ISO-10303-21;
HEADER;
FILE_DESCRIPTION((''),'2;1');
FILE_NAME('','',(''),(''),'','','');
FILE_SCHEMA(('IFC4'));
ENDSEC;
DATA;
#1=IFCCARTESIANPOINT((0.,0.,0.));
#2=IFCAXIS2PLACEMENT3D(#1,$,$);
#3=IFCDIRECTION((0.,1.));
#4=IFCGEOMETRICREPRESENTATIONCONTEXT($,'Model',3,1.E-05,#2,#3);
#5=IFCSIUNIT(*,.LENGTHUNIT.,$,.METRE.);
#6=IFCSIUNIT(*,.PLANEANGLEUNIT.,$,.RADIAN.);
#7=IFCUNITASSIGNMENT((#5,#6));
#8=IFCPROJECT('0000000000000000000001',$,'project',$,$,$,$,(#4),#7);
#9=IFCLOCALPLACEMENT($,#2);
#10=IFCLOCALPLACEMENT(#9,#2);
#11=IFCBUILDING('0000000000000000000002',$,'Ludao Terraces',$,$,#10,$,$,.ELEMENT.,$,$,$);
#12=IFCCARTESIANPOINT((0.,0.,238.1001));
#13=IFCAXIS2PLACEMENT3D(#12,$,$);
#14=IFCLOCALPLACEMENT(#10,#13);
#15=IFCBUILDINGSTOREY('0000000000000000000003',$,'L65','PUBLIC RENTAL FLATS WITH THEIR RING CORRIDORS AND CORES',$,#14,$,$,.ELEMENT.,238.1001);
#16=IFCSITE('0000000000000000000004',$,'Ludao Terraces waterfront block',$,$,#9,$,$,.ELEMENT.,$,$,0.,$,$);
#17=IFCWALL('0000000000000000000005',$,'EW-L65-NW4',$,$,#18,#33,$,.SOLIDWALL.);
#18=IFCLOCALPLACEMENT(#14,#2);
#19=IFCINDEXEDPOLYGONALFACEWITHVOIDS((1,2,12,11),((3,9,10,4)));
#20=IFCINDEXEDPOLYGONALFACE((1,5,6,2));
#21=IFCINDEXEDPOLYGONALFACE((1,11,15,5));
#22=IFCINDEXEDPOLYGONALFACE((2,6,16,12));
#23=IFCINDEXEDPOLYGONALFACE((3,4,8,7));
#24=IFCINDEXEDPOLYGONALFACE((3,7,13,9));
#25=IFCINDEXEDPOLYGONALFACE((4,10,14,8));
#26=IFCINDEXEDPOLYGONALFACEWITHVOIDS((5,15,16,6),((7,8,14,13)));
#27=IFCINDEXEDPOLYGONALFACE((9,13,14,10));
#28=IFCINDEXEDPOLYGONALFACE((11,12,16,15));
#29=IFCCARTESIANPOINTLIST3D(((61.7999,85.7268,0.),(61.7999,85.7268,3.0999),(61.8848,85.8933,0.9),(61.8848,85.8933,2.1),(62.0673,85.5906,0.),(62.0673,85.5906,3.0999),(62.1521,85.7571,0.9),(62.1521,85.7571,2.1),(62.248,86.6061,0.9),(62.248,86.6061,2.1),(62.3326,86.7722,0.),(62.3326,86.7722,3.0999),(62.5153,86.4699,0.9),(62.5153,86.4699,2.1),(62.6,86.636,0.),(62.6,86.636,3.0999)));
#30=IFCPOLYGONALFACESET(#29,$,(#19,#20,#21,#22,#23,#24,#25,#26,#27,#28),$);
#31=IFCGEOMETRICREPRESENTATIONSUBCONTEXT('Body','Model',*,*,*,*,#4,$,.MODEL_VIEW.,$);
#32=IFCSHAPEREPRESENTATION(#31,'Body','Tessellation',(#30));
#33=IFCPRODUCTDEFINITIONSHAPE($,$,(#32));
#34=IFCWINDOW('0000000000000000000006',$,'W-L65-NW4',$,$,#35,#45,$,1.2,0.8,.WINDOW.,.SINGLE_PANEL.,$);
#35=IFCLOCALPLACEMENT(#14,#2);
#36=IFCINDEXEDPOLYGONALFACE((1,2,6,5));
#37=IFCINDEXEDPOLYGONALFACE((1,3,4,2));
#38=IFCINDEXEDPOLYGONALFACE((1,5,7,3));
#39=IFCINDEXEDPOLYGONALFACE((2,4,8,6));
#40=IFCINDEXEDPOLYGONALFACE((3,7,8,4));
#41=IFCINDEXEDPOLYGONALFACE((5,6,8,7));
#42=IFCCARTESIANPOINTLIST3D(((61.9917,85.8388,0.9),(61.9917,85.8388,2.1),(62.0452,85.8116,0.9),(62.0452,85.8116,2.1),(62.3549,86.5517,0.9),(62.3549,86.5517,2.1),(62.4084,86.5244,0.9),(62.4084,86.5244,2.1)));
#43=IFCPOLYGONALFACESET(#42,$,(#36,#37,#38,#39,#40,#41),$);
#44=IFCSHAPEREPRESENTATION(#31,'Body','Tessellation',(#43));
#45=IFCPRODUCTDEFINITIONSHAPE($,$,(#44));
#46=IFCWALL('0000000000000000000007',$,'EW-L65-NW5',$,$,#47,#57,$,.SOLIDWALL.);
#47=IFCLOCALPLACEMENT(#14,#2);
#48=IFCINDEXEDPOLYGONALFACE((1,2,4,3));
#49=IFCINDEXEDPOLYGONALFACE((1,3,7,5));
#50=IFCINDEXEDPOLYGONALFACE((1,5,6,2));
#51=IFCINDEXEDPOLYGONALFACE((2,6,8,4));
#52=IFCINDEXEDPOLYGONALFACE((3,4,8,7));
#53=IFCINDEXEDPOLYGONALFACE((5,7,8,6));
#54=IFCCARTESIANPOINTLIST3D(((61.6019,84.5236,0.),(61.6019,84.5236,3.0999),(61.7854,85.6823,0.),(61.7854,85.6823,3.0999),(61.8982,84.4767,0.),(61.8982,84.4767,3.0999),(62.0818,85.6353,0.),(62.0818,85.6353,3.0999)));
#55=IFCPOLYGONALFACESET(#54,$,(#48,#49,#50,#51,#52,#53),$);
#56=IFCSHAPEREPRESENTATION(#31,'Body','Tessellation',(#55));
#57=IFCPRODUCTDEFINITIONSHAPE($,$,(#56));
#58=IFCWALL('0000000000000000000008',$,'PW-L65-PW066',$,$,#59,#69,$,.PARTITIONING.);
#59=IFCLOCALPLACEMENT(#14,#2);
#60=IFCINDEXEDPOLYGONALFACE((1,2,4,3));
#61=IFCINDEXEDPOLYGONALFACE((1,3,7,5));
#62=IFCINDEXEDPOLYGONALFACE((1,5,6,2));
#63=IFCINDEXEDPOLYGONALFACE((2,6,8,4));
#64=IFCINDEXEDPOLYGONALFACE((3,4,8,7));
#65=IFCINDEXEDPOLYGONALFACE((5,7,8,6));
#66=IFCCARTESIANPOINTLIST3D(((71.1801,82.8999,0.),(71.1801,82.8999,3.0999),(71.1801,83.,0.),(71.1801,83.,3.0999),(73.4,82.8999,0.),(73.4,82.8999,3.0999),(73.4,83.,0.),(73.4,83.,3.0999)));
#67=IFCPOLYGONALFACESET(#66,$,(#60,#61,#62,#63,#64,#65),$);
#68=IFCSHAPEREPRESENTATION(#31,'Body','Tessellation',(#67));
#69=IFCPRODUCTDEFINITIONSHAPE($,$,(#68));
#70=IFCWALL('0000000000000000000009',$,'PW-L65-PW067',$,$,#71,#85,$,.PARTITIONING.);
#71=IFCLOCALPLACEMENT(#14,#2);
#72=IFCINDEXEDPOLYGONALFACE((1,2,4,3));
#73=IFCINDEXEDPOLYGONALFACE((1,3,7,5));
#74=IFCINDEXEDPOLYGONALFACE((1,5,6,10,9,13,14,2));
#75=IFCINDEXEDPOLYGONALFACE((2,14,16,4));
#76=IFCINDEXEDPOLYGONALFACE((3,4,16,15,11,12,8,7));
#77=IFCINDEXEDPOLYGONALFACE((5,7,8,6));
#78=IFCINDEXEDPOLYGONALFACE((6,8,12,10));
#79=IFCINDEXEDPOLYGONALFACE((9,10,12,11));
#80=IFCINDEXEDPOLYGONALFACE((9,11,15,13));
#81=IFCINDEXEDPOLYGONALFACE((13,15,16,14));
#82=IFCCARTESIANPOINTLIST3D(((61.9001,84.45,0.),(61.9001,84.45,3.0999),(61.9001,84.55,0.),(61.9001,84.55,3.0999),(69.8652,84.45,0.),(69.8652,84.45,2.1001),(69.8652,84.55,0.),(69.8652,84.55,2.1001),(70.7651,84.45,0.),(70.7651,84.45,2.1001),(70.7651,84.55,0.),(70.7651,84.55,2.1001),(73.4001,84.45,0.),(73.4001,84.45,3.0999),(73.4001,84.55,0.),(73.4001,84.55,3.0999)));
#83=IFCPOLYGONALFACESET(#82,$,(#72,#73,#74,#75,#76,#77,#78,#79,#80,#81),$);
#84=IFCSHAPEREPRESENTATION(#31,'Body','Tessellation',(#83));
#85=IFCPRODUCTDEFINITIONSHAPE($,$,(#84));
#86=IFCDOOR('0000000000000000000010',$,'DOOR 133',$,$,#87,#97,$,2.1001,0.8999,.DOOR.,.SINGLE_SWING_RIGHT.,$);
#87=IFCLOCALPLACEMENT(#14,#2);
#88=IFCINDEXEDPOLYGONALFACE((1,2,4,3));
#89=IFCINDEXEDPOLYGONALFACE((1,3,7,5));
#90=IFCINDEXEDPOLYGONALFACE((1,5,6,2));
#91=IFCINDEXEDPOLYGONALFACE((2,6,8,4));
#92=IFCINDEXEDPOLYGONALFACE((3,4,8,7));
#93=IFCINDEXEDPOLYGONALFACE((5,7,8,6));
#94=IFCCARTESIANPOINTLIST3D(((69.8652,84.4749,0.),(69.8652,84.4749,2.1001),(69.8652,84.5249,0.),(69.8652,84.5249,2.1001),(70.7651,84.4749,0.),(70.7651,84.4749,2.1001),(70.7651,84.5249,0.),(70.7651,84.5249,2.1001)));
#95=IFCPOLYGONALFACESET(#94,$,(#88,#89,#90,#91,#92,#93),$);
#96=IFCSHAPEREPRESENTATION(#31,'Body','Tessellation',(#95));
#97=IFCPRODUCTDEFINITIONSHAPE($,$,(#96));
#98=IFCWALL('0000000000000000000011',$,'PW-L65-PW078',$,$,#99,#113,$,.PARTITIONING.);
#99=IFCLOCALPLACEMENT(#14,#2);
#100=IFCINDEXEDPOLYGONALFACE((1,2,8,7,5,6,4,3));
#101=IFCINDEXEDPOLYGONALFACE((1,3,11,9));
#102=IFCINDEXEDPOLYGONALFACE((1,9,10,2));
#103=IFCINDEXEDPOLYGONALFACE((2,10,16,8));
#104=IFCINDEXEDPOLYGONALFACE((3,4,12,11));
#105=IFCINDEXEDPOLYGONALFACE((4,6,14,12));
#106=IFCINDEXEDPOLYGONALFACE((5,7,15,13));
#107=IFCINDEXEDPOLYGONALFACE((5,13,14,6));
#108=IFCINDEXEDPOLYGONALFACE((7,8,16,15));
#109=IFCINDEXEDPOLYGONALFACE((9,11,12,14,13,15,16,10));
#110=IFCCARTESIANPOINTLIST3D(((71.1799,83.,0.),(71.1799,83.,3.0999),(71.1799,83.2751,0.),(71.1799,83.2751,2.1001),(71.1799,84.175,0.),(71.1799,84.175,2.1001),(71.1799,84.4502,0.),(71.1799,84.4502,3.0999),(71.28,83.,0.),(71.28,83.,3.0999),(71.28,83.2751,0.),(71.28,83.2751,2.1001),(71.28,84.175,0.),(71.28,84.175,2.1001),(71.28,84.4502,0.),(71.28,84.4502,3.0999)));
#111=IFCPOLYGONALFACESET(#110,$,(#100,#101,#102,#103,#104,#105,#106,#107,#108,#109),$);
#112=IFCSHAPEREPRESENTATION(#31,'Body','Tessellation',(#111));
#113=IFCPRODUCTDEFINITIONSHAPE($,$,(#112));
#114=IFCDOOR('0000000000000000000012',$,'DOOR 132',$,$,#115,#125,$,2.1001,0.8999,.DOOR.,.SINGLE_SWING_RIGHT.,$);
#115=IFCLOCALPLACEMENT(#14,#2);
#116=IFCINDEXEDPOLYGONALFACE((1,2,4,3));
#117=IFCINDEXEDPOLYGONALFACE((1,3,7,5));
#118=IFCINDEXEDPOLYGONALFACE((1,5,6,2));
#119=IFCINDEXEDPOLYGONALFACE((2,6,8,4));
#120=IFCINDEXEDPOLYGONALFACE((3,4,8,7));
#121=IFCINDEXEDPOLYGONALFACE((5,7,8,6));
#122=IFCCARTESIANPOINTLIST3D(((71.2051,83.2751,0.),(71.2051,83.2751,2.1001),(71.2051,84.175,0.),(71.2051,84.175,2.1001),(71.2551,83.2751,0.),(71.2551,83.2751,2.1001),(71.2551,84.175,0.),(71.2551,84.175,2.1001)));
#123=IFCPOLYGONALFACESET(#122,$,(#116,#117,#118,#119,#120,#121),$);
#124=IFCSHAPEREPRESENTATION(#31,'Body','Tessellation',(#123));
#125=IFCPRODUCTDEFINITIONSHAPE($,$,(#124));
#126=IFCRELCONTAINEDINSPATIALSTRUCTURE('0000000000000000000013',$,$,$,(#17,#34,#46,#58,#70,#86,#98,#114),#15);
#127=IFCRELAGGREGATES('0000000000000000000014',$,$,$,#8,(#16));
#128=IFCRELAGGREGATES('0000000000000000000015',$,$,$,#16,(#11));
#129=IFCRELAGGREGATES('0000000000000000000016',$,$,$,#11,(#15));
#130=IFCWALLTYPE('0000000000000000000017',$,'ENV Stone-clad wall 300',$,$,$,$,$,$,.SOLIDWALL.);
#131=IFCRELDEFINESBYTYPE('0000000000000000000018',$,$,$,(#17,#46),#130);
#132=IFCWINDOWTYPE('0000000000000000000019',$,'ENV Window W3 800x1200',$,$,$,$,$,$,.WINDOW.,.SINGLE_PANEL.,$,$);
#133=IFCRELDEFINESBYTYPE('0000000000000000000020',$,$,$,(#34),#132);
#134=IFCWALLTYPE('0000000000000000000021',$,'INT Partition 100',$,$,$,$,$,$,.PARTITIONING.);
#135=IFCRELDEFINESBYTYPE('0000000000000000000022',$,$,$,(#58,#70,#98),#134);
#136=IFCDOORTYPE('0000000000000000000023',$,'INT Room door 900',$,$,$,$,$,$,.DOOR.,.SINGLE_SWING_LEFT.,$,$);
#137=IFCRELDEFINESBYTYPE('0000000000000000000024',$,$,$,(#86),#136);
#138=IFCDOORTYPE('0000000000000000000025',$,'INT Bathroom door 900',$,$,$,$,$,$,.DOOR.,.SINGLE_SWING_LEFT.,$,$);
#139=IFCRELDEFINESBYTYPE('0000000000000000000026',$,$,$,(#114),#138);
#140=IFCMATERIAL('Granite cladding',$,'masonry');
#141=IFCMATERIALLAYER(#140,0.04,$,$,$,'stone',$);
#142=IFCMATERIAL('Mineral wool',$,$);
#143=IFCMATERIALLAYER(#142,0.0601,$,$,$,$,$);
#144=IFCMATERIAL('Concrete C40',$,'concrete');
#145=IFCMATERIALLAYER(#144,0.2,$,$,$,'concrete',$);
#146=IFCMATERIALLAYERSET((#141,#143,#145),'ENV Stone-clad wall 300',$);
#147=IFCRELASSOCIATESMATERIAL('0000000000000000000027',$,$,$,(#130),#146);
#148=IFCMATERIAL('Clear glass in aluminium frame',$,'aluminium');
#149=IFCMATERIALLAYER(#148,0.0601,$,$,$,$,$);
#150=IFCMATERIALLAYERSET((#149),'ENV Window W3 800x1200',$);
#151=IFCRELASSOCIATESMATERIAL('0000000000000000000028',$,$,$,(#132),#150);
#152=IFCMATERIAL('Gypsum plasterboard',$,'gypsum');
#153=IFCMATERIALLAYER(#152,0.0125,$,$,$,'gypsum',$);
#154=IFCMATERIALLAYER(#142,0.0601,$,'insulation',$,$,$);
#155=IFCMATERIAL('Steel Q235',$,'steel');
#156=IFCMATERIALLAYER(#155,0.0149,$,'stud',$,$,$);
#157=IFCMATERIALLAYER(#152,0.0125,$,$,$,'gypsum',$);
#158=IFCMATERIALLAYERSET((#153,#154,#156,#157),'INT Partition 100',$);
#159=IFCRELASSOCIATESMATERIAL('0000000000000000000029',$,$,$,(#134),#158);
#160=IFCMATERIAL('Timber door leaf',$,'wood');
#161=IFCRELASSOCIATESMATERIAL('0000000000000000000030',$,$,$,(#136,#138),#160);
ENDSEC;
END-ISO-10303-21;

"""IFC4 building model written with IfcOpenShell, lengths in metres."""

from ifc_helpers import new_model, si_unit, direction, frame, frame_2d, origin, place, context, subcontext, project, spatial, rectangle, extrude, material, layer, layer_set, type_object, element, fill, save


model = new_model("IFC4")

# Units and contexts
model_context = context("Model", 3, precision=1e-05, world=origin(), true_north=direction((0.0, 1.0)))
body_context = subcontext(model_context, "Body", "Model", "MODEL_VIEW")
ifc_project = project(units=[si_unit("LENGTHUNIT", "METRE"), si_unit("PLANEANGLEUNIT", "RADIAN")], contexts=[model_context])

# Site, building, storey
site_placement = place(None, origin())
site = spatial("IfcSite", under=ifc_project, at=site_placement, Name="Ludao Terraces waterfront block", CompositionType="ELEMENT", RefElevation=0.0)
building_placement = place(site_placement, origin())
building = spatial("IfcBuilding", under=site, at=building_placement, Name="Ludao Terraces", CompositionType="ELEMENT")
storey_placement = place(building_placement, frame((0.0, 0.0, 238.1001)))
storey = spatial("IfcBuildingStorey", under=building, at=storey_placement, Name="L65", Description="PUBLIC RENTAL FLATS WITH THEIR RING CORRIDORS AND CORES", CompositionType="ELEMENT", Elevation=238.1001)

# Shared definitions
ifc_material_1 = material(Name="Concrete C40", Category="concrete")

# Shared definitions
ifc_material_2 = material(Name="Granite cladding", Category="masonry")
ifc_layer_1 = layer(ifc_material_2, 0.04, Category="stone")
ifc_material_3 = material(Name="Mineral wool")
ifc_layer_2 = layer(ifc_material_3, 0.0601)
ifc_layer_3 = layer(ifc_material_1, 0.2, Category="concrete")
ifc_layer_set_1 = layer_set([ifc_layer_1, ifc_layer_2, ifc_layer_3], Name="ENV Stone-clad wall 300")
wall_type_1 = type_object("IfcWallType", Name="ENV Stone-clad wall 300", PredefinedType="SOLIDWALL", material=ifc_layer_set_1)
ifc_material_4 = material(Name="Clear glass in aluminium frame", Category="aluminium")

# Wall, opening, window
ifc_layer_4 = layer(ifc_material_4, 0.0601)
ifc_layer_set_2 = layer_set([ifc_layer_4], Name="ENV Window W3 800x1200")
window_type_1 = type_object("IfcWindowType", Name="ENV Window W3 800x1200", PartitioningType="SINGLE_PANEL", PredefinedType="WINDOW", material=ifc_layer_set_2)
wall_1_placement = place(storey_placement, frame((62.4663, 86.7041, 0.0), z_axis=(0.0, 0.0, 1.0), x_axis=(-0.454026, -0.890989, 0.0)))
wall_1 = element("IfcWall", 1, at=wall_1_placement, inside=storey, type_object=wall_type_1, Name="EW-L65-NW4", PredefinedType="SOLIDWALL", context=body_context, shape_type="SweptSolid", body=[
    extrude(rectangle(XDim=1.1733, YDim=0.3, at=frame_2d((0.5867, 0.0))), origin(), (0.0, 0.0, 1.0), 3.0999),
])
opening_1_placement = place(wall_1_placement, frame((0.1865, 0.0, 0.8999)))
opening_1 = element("IfcOpeningElement", 2, at=opening_1_placement, cuts=wall_1, PredefinedType="OPENING", context=body_context, shape_type="SweptSolid", body=[
    extrude(rectangle(XDim=0.8, YDim=1.2, at=frame_2d((0.3999, 0.6001))), frame((0.0, 0.1602, 0.0), z_axis=(0.0, -1.0, 0.0), x_axis=(1.0, 0.0, 0.0)), (0.0, 0.0, 1.0), 0.3201),
])
window_1_placement = place(opening_1_placement, origin())
window_1 = element("IfcWindow", 3, at=window_1_placement, inside=storey, type_object=window_type_1, Name="W-L65-NW4", OverallHeight=1.2, OverallWidth=0.8, PartitioningType="SINGLE_PANEL", PredefinedType="WINDOW", context=body_context, shape_type="SweptSolid", body=[
    extrude(rectangle(XDim=0.8, YDim=1.2, at=frame_2d((0.3999, 0.6001))), frame((0.0, 0.03, 0.0), z_axis=(0.0, -1.0, 0.0), x_axis=(1.0, 0.0, 0.0)), (0.0, 0.0, 1.0), 0.0601),
])
fill(opening_1, window_1)

# Walls
wall_2_placement = place(storey_placement, frame((61.9336, 85.6587, 0.0), z_axis=(0.0, 0.0, 1.0), x_axis=(-0.156497, -0.987678, 0.0)))
element("IfcWall", 4, at=wall_2_placement, inside=storey, type_object=wall_type_1, Name="EW-L65-NW5", PredefinedType="SOLIDWALL", context=body_context, shape_type="SweptSolid", body=[
    extrude(rectangle(XDim=1.1731, YDim=0.3, at=frame_2d((0.5864, 0.0))), origin(), (0.0, 0.0, 1.0), 3.0999),
])
ifc_material_5 = material(Name="Gypsum plasterboard", Category="gypsum")
ifc_layer_5 = layer(ifc_material_5, 0.0125, Category="gypsum")
ifc_layer_6 = layer(ifc_material_3, 0.0601, Name="insulation")
ifc_material_6 = material(Name="Steel Q235", Category="steel")
ifc_layer_7 = layer(ifc_material_6, 0.0149, Name="stud")
ifc_layer_8 = layer(ifc_material_5, 0.0125, Category="gypsum")
ifc_layer_set_3 = layer_set([ifc_layer_5, ifc_layer_6, ifc_layer_7, ifc_layer_8], Name="INT Partition 100")
wall_type_2 = type_object("IfcWallType", Name="INT Partition 100", PredefinedType="PARTITIONING", material=ifc_layer_set_3)
wall_3_placement = place(storey_placement, frame((71.1802, 82.95, 0.0), z_axis=(0.0, 0.0, 1.0), x_axis=(1.0, 0.0, 0.0)))
element("IfcWall", 5, at=wall_3_placement, inside=storey, type_object=wall_type_2, Name="PW-L65-PW066", PredefinedType="PARTITIONING", context=body_context, shape_type="SweptSolid", body=[
    extrude(rectangle(XDim=2.22, YDim=0.1001, at=frame_2d((1.1099, 0.0))), origin(), (0.0, 0.0, 1.0), 3.0999),
])

# Walls, openings, doors
wall_4_placement = place(storey_placement, frame((61.9001, 84.5, 0.0), z_axis=(0.0, 0.0, 1.0), x_axis=(1.0, 0.0, 0.0)))
wall_4 = element("IfcWall", 6, at=wall_4_placement, inside=storey, type_object=wall_type_2, Name="PW-L65-PW067", PredefinedType="PARTITIONING", context=body_context, shape_type="SweptSolid", body=[
    extrude(rectangle(XDim=11.5, YDim=0.1001, at=frame_2d((5.75, 0.0))), origin(), (0.0, 0.0, 1.0), 3.0999),
])
opening_2_placement = place(wall_4_placement, frame((7.9651, 0.0, 0.0)))
opening_2 = element("IfcOpeningElement", 7, at=opening_2_placement, cuts=wall_4, PredefinedType="OPENING", context=body_context, shape_type="SweptSolid", body=[
    extrude(rectangle(XDim=0.8999, YDim=2.1001, at=frame_2d((0.45, 1.05))), frame((0.0, 0.0601, 0.0), z_axis=(0.0, -1.0, 0.0), x_axis=(1.0, 0.0, 0.0)), (0.0, 0.0, 1.0), 0.1201),
])
ifc_material_7 = material(Name="Timber door leaf", Category="wood")
door_type_1 = type_object("IfcDoorType", Name="INT Room door 900", OperationType="SINGLE_SWING_LEFT", PredefinedType="DOOR", material=ifc_material_7)
door_1_placement = place(opening_2_placement, origin())
door_1 = element("IfcDoor", 8, at=door_1_placement, inside=storey, type_object=door_type_1, Name="DOOR 133", OperationType="SINGLE_SWING_RIGHT", OverallHeight=2.1001, OverallWidth=0.8999, PredefinedType="DOOR", context=body_context, shape_type="SweptSolid", body=[
    extrude(rectangle(XDim=0.8999, YDim=2.1001, at=frame_2d((0.45, 1.05))), frame((0.0, 0.0249, 0.0), z_axis=(0.0, -1.0, 0.0), x_axis=(1.0, 0.0, 0.0)), (0.0, 0.0, 1.0), 0.05),
])
fill(opening_2, door_1)
wall_5_placement = place(storey_placement, frame((71.23, 83.0, 0.0), z_axis=(0.0, 0.0, 1.0), x_axis=(0.0, 1.0, 0.0)))
wall_5 = element("IfcWall", 9, at=wall_5_placement, inside=storey, type_object=wall_type_2, Name="PW-L65-PW078", PredefinedType="PARTITIONING", context=body_context, shape_type="SweptSolid", body=[
    extrude(rectangle(XDim=1.4502, YDim=0.1001, at=frame_2d((0.7251, 0.0))), origin(), (0.0, 0.0, 1.0), 3.0999),
])
opening_3_placement = place(wall_5_placement, frame((0.2751, 0.0, 0.0)))
opening_3 = element("IfcOpeningElement", 10, at=opening_3_placement, cuts=wall_5, PredefinedType="OPENING", context=body_context, shape_type="SweptSolid", body=[
    extrude(rectangle(XDim=0.8999, YDim=2.1001, at=frame_2d((0.45, 1.05))), frame((0.0, 0.0601, 0.0), z_axis=(0.0, -1.0, 0.0), x_axis=(1.0, 0.0, 0.0)), (0.0, 0.0, 1.0), 0.1201),
])
door_type_2 = type_object("IfcDoorType", Name="INT Bathroom door 900", OperationType="SINGLE_SWING_LEFT", PredefinedType="DOOR", material=ifc_material_7)
door_2_placement = place(opening_3_placement, origin())
door_2 = element("IfcDoor", 11, at=door_2_placement, inside=storey, type_object=door_type_2, Name="DOOR 132", OperationType="SINGLE_SWING_RIGHT", OverallHeight=2.1001, OverallWidth=0.8999, PredefinedType="DOOR", context=body_context, shape_type="SweptSolid", body=[
    extrude(rectangle(XDim=0.8999, YDim=2.1001, at=frame_2d((0.45, 1.05))), frame((0.0, 0.0249, 0.0), z_axis=(0.0, -1.0, 0.0), x_axis=(1.0, 0.0, 0.0)), (0.0, 0.0, 1.0), 0.05),
])
fill(opening_3, door_2)

save(model, "model.ifc")
